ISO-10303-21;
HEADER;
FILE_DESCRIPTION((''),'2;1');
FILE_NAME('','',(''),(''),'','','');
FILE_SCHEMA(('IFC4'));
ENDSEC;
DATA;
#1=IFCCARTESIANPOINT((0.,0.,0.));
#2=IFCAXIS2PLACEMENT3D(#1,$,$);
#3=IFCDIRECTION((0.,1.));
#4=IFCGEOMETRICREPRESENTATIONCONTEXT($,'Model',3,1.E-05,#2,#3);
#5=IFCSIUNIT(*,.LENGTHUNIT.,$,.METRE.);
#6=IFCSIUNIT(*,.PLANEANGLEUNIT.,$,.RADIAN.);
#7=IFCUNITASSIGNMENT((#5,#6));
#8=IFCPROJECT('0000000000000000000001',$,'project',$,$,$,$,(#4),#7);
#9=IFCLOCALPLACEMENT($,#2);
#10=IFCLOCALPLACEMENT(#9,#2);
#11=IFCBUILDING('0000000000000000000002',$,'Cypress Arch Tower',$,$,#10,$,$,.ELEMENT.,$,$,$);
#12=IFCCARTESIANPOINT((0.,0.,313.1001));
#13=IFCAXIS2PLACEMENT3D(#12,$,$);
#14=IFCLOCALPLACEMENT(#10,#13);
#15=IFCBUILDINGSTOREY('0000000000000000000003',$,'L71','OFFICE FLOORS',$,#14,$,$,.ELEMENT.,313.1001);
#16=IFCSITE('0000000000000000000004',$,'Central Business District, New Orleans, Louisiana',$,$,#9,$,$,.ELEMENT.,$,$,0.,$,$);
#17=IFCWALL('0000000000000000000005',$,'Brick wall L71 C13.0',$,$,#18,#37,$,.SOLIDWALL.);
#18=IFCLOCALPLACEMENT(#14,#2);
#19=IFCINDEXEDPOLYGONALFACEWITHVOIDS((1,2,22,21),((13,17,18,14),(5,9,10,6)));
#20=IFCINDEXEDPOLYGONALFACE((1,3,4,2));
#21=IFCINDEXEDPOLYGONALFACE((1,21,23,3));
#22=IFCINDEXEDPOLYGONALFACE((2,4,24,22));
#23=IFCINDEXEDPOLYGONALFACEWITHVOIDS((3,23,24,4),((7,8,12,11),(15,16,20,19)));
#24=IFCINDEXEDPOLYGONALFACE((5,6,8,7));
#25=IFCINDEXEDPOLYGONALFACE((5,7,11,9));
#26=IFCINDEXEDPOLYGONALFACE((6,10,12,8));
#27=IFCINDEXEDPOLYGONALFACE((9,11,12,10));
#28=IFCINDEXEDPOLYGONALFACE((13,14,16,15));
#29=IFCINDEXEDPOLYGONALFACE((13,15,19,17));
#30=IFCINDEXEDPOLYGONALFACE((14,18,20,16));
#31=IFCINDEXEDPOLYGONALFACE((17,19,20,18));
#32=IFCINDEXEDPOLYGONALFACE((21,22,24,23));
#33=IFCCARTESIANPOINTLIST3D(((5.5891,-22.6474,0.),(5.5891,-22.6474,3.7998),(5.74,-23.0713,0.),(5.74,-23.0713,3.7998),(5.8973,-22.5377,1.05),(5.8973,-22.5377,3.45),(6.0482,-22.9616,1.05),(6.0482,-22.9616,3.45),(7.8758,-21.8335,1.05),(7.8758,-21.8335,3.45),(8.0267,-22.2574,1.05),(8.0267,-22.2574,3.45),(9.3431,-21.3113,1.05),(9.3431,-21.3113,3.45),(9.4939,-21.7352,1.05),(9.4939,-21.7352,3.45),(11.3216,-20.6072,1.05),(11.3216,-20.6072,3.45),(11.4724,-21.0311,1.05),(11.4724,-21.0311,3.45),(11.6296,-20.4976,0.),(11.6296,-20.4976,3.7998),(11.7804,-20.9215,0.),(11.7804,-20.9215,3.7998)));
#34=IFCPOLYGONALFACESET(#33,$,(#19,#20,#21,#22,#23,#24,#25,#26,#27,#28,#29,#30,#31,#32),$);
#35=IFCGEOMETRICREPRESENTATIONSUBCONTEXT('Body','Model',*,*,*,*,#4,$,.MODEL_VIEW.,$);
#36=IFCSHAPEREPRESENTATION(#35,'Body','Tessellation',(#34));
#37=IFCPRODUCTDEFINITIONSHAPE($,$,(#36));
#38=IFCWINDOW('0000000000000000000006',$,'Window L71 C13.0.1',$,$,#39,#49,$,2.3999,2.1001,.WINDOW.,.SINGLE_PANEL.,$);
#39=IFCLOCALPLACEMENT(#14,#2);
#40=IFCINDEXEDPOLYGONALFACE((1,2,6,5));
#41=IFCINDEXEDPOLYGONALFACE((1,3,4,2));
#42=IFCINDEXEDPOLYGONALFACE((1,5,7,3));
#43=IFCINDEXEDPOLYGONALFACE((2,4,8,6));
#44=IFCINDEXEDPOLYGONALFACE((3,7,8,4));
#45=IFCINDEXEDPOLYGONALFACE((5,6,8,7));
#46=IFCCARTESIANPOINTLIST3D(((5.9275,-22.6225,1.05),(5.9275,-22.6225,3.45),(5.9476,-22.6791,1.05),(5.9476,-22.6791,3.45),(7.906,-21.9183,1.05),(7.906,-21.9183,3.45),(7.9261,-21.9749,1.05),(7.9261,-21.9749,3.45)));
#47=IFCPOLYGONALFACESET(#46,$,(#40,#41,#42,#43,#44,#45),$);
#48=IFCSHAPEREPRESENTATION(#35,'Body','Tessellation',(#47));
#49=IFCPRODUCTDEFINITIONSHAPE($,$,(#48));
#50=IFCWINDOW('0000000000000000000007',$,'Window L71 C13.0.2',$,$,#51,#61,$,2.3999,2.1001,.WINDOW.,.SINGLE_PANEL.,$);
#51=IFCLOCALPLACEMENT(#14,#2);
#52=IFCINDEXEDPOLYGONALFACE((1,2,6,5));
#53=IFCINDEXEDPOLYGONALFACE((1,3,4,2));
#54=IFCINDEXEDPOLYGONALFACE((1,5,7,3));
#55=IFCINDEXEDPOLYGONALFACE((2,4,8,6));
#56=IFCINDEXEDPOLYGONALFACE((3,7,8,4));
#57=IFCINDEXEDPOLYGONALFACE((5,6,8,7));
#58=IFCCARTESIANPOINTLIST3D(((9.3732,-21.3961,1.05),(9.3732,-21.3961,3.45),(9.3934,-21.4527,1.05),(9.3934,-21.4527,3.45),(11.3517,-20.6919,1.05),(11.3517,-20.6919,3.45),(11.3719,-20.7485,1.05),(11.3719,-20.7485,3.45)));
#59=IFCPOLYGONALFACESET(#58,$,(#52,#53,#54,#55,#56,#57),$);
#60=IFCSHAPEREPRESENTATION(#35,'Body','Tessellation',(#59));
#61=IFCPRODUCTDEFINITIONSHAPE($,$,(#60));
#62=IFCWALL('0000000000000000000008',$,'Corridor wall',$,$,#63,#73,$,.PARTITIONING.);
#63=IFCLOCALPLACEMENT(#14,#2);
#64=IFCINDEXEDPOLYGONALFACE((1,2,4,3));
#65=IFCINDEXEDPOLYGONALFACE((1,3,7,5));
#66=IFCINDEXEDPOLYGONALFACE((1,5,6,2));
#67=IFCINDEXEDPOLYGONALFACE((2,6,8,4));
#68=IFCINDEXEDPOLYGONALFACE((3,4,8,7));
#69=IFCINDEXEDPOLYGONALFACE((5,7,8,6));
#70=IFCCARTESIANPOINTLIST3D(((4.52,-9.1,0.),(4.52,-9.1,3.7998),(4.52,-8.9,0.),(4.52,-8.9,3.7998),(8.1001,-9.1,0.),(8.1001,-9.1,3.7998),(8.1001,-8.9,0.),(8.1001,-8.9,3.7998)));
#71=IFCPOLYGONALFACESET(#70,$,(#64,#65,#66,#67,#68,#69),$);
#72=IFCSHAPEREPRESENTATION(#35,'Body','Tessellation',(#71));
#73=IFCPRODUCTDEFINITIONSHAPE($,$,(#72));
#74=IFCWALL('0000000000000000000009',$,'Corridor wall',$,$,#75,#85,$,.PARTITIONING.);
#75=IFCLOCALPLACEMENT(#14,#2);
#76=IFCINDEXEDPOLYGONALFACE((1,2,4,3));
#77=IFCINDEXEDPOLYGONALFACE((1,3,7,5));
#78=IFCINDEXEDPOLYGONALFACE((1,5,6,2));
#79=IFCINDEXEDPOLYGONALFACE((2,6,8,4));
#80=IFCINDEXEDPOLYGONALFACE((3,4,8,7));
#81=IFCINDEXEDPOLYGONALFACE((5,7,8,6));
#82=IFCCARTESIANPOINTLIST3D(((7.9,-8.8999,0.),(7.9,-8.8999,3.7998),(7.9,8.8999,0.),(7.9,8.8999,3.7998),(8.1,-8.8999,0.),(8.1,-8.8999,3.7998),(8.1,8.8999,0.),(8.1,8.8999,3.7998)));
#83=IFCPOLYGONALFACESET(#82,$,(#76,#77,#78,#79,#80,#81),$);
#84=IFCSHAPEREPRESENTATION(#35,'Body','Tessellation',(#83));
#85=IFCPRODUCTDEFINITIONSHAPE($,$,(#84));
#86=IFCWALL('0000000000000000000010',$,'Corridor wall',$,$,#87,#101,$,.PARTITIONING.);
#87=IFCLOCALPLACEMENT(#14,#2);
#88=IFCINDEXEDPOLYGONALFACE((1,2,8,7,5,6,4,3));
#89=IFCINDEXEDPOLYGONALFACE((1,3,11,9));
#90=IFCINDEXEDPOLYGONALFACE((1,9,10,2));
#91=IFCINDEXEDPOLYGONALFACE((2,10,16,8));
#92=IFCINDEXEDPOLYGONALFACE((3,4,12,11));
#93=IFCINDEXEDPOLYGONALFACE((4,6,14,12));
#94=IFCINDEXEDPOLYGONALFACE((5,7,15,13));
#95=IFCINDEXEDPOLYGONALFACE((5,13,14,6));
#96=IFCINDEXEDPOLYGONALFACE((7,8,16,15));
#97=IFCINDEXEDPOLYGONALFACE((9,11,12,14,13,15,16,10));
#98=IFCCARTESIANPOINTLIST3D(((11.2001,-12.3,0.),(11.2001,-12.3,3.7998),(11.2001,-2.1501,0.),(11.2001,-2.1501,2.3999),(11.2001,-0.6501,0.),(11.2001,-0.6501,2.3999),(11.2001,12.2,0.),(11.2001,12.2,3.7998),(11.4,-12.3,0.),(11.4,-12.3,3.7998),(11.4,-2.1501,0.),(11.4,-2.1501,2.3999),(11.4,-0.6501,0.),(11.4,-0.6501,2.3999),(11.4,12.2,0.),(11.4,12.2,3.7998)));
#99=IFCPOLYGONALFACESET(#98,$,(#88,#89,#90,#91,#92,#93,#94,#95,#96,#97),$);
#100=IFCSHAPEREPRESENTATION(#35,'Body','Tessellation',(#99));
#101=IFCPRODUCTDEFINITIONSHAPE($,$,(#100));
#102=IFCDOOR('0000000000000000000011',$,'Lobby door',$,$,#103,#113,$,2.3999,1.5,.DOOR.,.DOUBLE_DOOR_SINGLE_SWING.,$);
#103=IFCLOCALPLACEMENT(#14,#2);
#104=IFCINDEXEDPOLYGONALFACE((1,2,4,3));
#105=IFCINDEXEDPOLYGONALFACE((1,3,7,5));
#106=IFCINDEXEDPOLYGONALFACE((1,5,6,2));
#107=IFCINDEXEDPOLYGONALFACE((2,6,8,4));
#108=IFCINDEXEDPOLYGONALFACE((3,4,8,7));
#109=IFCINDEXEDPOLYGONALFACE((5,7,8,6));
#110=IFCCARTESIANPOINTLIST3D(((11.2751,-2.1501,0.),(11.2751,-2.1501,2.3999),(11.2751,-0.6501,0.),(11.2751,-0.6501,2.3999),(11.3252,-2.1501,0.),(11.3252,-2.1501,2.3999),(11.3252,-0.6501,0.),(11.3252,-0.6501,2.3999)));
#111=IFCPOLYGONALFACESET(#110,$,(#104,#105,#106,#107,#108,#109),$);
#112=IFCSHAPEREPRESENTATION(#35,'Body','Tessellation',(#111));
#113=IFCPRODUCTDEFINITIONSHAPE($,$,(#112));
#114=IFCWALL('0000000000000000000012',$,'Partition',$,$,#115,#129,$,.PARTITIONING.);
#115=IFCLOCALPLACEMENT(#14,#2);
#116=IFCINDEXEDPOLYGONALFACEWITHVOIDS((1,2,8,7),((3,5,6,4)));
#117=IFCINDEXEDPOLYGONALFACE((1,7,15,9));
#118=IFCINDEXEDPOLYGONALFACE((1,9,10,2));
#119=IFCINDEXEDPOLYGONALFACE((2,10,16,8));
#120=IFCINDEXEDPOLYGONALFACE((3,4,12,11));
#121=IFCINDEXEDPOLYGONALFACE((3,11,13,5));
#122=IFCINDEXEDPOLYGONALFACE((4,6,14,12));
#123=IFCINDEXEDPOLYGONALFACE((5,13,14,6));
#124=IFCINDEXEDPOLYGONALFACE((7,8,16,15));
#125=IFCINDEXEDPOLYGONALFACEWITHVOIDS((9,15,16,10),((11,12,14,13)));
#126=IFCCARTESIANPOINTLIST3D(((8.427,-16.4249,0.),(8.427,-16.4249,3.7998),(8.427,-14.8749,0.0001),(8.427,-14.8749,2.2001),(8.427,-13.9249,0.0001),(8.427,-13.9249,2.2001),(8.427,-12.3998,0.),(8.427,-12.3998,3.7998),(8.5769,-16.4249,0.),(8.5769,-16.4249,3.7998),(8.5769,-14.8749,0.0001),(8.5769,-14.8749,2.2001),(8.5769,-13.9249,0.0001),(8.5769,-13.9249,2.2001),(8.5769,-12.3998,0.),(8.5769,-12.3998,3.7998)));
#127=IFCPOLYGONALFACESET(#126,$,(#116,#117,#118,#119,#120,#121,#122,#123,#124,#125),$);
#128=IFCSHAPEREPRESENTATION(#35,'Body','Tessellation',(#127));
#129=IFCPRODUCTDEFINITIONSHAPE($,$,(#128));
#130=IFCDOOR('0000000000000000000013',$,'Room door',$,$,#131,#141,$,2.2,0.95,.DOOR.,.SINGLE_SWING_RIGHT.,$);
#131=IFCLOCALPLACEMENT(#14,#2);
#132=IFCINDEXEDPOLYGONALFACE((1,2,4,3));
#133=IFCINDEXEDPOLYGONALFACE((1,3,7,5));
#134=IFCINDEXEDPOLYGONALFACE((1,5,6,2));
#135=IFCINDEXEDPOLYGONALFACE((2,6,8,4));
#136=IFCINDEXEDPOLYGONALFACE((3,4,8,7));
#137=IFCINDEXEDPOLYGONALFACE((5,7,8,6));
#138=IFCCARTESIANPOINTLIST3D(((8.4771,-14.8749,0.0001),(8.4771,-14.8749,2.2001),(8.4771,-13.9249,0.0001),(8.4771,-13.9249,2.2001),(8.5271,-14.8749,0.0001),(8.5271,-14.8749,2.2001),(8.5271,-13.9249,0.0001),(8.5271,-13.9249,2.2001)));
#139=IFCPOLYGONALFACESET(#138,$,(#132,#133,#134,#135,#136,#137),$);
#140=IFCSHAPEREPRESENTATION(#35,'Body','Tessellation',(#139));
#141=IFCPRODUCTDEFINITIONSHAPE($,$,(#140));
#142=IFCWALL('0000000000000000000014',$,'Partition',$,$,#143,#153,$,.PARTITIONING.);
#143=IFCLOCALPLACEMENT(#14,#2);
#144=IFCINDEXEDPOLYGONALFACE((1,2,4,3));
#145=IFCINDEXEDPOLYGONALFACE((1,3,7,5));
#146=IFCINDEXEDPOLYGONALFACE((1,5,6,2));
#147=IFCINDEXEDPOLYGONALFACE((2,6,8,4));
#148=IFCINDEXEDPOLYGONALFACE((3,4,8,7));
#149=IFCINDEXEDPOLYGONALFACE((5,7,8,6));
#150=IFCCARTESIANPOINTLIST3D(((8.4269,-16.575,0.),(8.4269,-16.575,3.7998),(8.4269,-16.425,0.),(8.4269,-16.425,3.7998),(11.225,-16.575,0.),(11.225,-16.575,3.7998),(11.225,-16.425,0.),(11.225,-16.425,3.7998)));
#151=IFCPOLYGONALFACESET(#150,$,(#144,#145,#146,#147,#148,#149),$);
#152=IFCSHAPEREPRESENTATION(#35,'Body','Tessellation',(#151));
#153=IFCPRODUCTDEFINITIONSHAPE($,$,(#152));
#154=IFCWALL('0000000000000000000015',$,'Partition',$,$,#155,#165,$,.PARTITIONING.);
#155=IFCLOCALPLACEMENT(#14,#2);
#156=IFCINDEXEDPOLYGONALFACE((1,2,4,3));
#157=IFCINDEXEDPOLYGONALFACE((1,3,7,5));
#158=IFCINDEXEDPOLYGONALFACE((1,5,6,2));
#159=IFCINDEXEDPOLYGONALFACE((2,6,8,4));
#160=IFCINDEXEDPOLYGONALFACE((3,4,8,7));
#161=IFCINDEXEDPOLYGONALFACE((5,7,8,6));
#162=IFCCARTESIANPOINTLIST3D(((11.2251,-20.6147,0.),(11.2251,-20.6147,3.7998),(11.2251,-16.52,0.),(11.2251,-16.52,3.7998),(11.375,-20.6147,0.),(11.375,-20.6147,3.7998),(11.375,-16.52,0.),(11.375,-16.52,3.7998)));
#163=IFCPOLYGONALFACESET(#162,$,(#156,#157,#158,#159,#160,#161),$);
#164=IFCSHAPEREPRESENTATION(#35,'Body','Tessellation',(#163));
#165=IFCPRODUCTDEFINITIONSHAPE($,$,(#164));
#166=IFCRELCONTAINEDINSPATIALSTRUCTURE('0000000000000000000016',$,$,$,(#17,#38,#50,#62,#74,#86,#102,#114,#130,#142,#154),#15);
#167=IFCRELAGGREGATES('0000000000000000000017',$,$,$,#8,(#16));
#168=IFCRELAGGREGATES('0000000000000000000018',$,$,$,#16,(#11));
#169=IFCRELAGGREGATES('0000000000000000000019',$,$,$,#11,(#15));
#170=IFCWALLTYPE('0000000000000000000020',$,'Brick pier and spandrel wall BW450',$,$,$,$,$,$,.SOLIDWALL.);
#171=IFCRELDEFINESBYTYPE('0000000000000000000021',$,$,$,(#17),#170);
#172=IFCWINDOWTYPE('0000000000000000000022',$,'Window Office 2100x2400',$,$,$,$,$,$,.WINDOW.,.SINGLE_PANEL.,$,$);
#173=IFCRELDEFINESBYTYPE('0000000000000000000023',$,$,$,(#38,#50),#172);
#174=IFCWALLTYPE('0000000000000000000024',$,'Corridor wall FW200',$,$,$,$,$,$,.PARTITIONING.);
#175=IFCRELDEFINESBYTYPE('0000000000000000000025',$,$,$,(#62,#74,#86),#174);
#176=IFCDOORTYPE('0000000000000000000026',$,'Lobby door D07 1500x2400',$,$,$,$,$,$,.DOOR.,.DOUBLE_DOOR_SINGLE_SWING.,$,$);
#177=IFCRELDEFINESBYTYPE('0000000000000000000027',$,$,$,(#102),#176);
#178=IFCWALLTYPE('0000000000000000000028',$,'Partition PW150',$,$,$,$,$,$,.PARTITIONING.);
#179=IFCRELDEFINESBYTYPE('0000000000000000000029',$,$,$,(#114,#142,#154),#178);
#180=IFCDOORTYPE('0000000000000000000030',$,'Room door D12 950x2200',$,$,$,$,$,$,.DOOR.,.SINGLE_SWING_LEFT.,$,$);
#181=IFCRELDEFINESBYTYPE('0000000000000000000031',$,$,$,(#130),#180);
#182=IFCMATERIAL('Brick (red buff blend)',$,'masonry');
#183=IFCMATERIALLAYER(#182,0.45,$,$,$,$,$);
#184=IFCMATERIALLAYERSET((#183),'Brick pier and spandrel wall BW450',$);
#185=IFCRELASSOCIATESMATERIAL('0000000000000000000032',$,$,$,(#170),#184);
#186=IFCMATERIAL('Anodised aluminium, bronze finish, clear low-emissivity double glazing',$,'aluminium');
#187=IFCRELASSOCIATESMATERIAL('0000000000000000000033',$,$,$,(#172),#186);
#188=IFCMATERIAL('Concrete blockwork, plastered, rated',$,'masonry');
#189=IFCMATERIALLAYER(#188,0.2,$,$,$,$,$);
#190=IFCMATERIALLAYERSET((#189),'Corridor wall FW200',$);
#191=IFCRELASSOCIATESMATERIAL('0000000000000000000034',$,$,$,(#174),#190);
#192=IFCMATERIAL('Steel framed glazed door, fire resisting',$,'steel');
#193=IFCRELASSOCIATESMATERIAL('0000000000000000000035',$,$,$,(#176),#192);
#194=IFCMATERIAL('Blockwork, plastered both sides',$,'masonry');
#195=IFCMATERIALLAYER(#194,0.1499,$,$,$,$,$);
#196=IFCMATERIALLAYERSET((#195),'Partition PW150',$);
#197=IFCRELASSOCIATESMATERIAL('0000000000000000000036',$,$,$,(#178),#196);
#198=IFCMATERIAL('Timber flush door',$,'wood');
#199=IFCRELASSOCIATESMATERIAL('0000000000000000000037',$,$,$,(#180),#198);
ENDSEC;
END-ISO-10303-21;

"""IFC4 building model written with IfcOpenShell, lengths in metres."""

from ifc_helpers import new_model, si_unit, direction, frame, frame_2d, origin, place, context, subcontext, project, spatial, rectangle, extrude, material, layer, layer_set, type_object, element, fill, save


model = new_model("IFC4")

# Units and contexts
model_context = context("Model", 3, precision=1e-05, world=origin(), true_north=direction((0.0, 1.0)))
body_context = subcontext(model_context, "Body", "Model", "MODEL_VIEW")
ifc_project = project(units=[si_unit("LENGTHUNIT", "METRE"), si_unit("PLANEANGLEUNIT", "RADIAN")], contexts=[model_context])

# Site, building, storey
site_placement = place(None, origin())
site = spatial("IfcSite", under=ifc_project, at=site_placement, Name="Central Business District, New Orleans, Louisiana", CompositionType="ELEMENT", RefElevation=0.0)
building_placement = place(site_placement, origin())
building = spatial("IfcBuilding", under=site, at=building_placement, Name="Cypress Arch Tower", CompositionType="ELEMENT")
storey_placement = place(building_placement, frame((0.0, 0.0, 313.1001)))
storey = spatial("IfcBuildingStorey", under=building, at=storey_placement, Name="L71", Description="OFFICE FLOORS", CompositionType="ELEMENT", Elevation=313.1001)

# Wall, openings, windows
ifc_material_1 = material(Name="Brick (red buff blend)", Category="masonry")
ifc_layer_1 = layer(ifc_material_1, 0.45)
ifc_layer_set_1 = layer_set([ifc_layer_1], Name="Brick pier and spandrel wall BW450")
wall_type_1 = type_object("IfcWallType", Name="Brick pier and spandrel wall BW450", PredefinedType="SOLIDWALL", material=ifc_layer_set_1)
wall_1_placement = place(storey_placement, frame((5.6646, -22.8594, 0.0), z_axis=(0.0, 0.0, 1.0), x_axis=(0.942108, 0.335309, 0.0)))
wall_1 = element("IfcWall", 1, at=wall_1_placement, inside=storey, type_object=wall_type_1, Name="Brick wall L71 C13.0", PredefinedType="SOLIDWALL", context=body_context, shape_type="SweptSolid", body=[
    extrude(rectangle(XDim=6.4116, YDim=0.45, at=frame_2d((3.2058, 0.0))), origin(), (0.0, 0.0, 1.0), 3.7998),
])
opening_1_placement = place(wall_1_placement, frame((0.3271, 0.0, 1.05)))
opening_1 = element("IfcOpeningElement", 2, at=opening_1_placement, cuts=wall_1, PredefinedType="OPENING", context=body_context, shape_type="SweptSolid", body=[
    extrude(rectangle(XDim=2.1001, YDim=2.3999, at=frame_2d((1.05, 1.2))), frame((0.0, 0.2349, 0.0), z_axis=(0.0, -1.0, 0.0), x_axis=(1.0, 0.0, 0.0)), (0.0, 0.0, 1.0), 0.47),
])
opening_2_placement = place(wall_1_placement, frame((3.9846, 0.0, 1.05)))
opening_2 = element("IfcOpeningElement", 3, at=opening_2_placement, cuts=wall_1, PredefinedType="OPENING", context=body_context, shape_type="SweptSolid", body=[
    extrude(rectangle(XDim=2.1001, YDim=2.3999, at=frame_2d((1.05, 1.2))), frame((0.0, 0.2349, 0.0), z_axis=(0.0, -1.0, 0.0), x_axis=(1.0, 0.0, 0.0)), (0.0, 0.0, 1.0), 0.47),
])
ifc_material_2 = material(Name="Anodised aluminium, bronze finish, clear low-emissivity double glazing", Category="aluminium")
window_type = type_object("IfcWindowType", Name="Window Office 2100x2400", PartitioningType="SINGLE_PANEL", PredefinedType="WINDOW", material=ifc_material_2)
window_1_placement = place(opening_1_placement, origin())
window_1 = element("IfcWindow", 4, at=window_1_placement, inside=storey, type_object=window_type, Name="Window L71 C13.0.1", OverallHeight=2.3999, OverallWidth=2.1001, PartitioningType="SINGLE_PANEL", PredefinedType="WINDOW", context=body_context, shape_type="SweptSolid", body=[
    extrude(rectangle(XDim=2.1001, YDim=2.3999, at=frame_2d((1.05, 1.2))), frame((0.0, 0.135, 0.0), z_axis=(0.0, -1.0, 0.0), x_axis=(1.0, 0.0, 0.0)), (0.0, 0.0, 1.0), 0.0601),
])
fill(opening_1, window_1)
window_2_placement = place(opening_2_placement, origin())
window_2 = element("IfcWindow", 5, at=window_2_placement, inside=storey, type_object=window_type, Name="Window L71 C13.0.2", OverallHeight=2.3999, OverallWidth=2.1001, PartitioningType="SINGLE_PANEL", PredefinedType="WINDOW", context=body_context, shape_type="SweptSolid", body=[
    extrude(rectangle(XDim=2.1001, YDim=2.3999, at=frame_2d((1.05, 1.2))), frame((0.0, 0.135, 0.0), z_axis=(0.0, -1.0, 0.0), x_axis=(1.0, 0.0, 0.0)), (0.0, 0.0, 1.0), 0.0601),
])
fill(opening_2, window_2)

# Walls
ifc_material_3 = material(Name="Concrete blockwork, plastered, rated", Category="masonry")
ifc_layer_2 = layer(ifc_material_3, 0.2)
ifc_layer_set_2 = layer_set([ifc_layer_2], Name="Corridor wall FW200")
wall_type_2 = type_object("IfcWallType", Name="Corridor wall FW200", PredefinedType="PARTITIONING", material=ifc_layer_set_2)
wall_2_placement = place(storey_placement, frame((4.52, -9.0, 0.0), z_axis=(0.0, 0.0, 1.0), x_axis=(1.0, 0.0, 0.0)))
element("IfcWall", 6, at=wall_2_placement, inside=storey, type_object=wall_type_2, Name="Corridor wall", PredefinedType="PARTITIONING", context=body_context, shape_type="SweptSolid", body=[
    extrude(rectangle(XDim=3.5801, YDim=0.2, at=frame_2d((1.79, 0.0))), origin(), (0.0, 0.0, 1.0), 3.7998),
])
wall_3_placement = place(storey_placement, frame((8.0, -8.8999, 0.0), z_axis=(0.0, 0.0, 1.0), x_axis=(0.0, 1.0, 0.0)))
element("IfcWall", 7, at=wall_3_placement, inside=storey, type_object=wall_type_2, Name="Corridor wall", PredefinedType="PARTITIONING", context=body_context, shape_type="SweptSolid", body=[
    extrude(rectangle(XDim=17.7998, YDim=0.2, at=frame_2d((8.8999, 0.0))), origin(), (0.0, 0.0, 1.0), 3.7998),
])

# Walls, openings, doors
wall_4_placement = place(storey_placement, frame((11.3, -12.3, 0.0), z_axis=(0.0, 0.0, 1.0), x_axis=(0.0, 1.0, 0.0)))
wall_4 = element("IfcWall", 8, at=wall_4_placement, inside=storey, type_object=wall_type_2, Name="Corridor wall", PredefinedType="PARTITIONING", context=body_context, shape_type="SweptSolid", body=[
    extrude(rectangle(XDim=24.5, YDim=0.2, at=frame_2d((12.25, 0.0))), origin(), (0.0, 0.0, 1.0), 3.7998),
])
opening_3_placement = place(wall_4_placement, frame((10.1499, 0.0, 0.0)))
opening_3 = element("IfcOpeningElement", 9, at=opening_3_placement, cuts=wall_4, PredefinedType="OPENING", context=body_context, shape_type="SweptSolid", body=[
    extrude(rectangle(XDim=1.5, YDim=2.3999, at=frame_2d((0.75, 1.2))), frame((0.0, 0.1099, 0.0), z_axis=(0.0, -1.0, 0.0), x_axis=(1.0, 0.0, 0.0)), (0.0, 0.0, 1.0), 0.22),
])
ifc_material_4 = material(Name="Steel framed glazed door, fire resisting", Category="steel")
door_type_1 = type_object("IfcDoorType", Name="Lobby door D07 1500x2400", OperationType="DOUBLE_DOOR_SINGLE_SWING", PredefinedType="DOOR", material=ifc_material_4)
door_1_placement = place(opening_3_placement, origin())
door_1 = element("IfcDoor", 10, at=door_1_placement, inside=storey, type_object=door_type_1, Name="Lobby door", OperationType="DOUBLE_DOOR_SINGLE_SWING", OverallHeight=2.3999, OverallWidth=1.5, PredefinedType="DOOR", context=body_context, shape_type="SweptSolid", body=[
    extrude(rectangle(XDim=1.5, YDim=2.3999, at=frame_2d((0.75, 1.2))), frame((0.0, 0.0249, 0.0), z_axis=(0.0, -1.0, 0.0), x_axis=(1.0, 0.0, 0.0)), (0.0, 0.0, 1.0), 0.05),
])
fill(opening_3, door_1)
ifc_material_5 = material(Name="Blockwork, plastered both sides", Category="masonry")
ifc_layer_3 = layer(ifc_material_5, 0.1499)
ifc_layer_set_3 = layer_set([ifc_layer_3], Name="Partition PW150")
wall_type_3 = type_object("IfcWallType", Name="Partition PW150", PredefinedType="PARTITIONING", material=ifc_layer_set_3)
wall_5_placement = place(storey_placement, frame((8.502, -16.425, 0.0), z_axis=(0.0, 0.0, 1.0), x_axis=(0.0, 1.0, 0.0)))
wall_5 = element("IfcWall", 11, at=wall_5_placement, inside=storey, type_object=wall_type_3, Name="Partition", PredefinedType="PARTITIONING", context=body_context, shape_type="SweptSolid", body=[
    extrude(rectangle(XDim=4.0251, YDim=0.1499, at=frame_2d((2.0127, 0.0))), origin(), (0.0, 0.0, 1.0), 3.7998),
])
opening_4_placement = place(wall_5_placement, frame((1.55, 0.0, 0.0)))
opening_4 = element("IfcOpeningElement", 12, at=opening_4_placement, cuts=wall_5, PredefinedType="OPENING", context=body_context, shape_type="SweptSolid", body=[
    extrude(rectangle(XDim=0.95, YDim=2.2, at=frame_2d((0.4751, 1.1001))), frame((0.0, 0.085, 0.0), z_axis=(0.0, -1.0, 0.0), x_axis=(1.0, 0.0, 0.0)), (0.0, 0.0, 1.0), 0.1699),
])
ifc_material_6 = material(Name="Timber flush door", Category="wood")
door_type_2 = type_object("IfcDoorType", Name="Room door D12 950x2200", OperationType="SINGLE_SWING_LEFT", PredefinedType="DOOR", material=ifc_material_6)
door_2_placement = place(opening_4_placement, origin())
door_2 = element("IfcDoor", 13, at=door_2_placement, inside=storey, type_object=door_type_2, Name="Room door", OperationType="SINGLE_SWING_RIGHT", OverallHeight=2.2, OverallWidth=0.95, PredefinedType="DOOR", context=body_context, shape_type="SweptSolid", body=[
    extrude(rectangle(XDim=0.95, YDim=2.2, at=frame_2d((0.4751, 1.1001))), frame((0.0, 0.0249, 0.0), z_axis=(0.0, -1.0, 0.0), x_axis=(1.0, 0.0, 0.0)), (0.0, 0.0, 1.0), 0.05),
])
fill(opening_4, door_2)

# Walls
wall_6_placement = place(storey_placement, frame((8.427, -16.5, 0.0), z_axis=(0.0, 0.0, 1.0), x_axis=(1.0, 0.0, 0.0)))
element("IfcWall", 14, at=wall_6_placement, inside=storey, type_object=wall_type_3, Name="Partition", PredefinedType="PARTITIONING", context=body_context, shape_type="SweptSolid", body=[
    extrude(rectangle(XDim=2.7981, YDim=0.1499, at=frame_2d((1.3989, 0.0))), origin(), (0.0, 0.0, 1.0), 3.7998),
])
wall_7_placement = place(storey_placement, frame((11.3, -20.6147, 0.0), z_axis=(0.0, 0.0, 1.0), x_axis=(0.0, 1.0, 0.0)))
element("IfcWall", 15, at=wall_7_placement, inside=storey, type_object=wall_type_3, Name="Partition", PredefinedType="PARTITIONING", context=body_context, shape_type="SweptSolid", body=[
    extrude(rectangle(XDim=4.0947, YDim=0.1499, at=frame_2d((2.0474, 0.0))), origin(), (0.0, 0.0, 1.0), 3.7998),
])

save(model, "model.ifc")
